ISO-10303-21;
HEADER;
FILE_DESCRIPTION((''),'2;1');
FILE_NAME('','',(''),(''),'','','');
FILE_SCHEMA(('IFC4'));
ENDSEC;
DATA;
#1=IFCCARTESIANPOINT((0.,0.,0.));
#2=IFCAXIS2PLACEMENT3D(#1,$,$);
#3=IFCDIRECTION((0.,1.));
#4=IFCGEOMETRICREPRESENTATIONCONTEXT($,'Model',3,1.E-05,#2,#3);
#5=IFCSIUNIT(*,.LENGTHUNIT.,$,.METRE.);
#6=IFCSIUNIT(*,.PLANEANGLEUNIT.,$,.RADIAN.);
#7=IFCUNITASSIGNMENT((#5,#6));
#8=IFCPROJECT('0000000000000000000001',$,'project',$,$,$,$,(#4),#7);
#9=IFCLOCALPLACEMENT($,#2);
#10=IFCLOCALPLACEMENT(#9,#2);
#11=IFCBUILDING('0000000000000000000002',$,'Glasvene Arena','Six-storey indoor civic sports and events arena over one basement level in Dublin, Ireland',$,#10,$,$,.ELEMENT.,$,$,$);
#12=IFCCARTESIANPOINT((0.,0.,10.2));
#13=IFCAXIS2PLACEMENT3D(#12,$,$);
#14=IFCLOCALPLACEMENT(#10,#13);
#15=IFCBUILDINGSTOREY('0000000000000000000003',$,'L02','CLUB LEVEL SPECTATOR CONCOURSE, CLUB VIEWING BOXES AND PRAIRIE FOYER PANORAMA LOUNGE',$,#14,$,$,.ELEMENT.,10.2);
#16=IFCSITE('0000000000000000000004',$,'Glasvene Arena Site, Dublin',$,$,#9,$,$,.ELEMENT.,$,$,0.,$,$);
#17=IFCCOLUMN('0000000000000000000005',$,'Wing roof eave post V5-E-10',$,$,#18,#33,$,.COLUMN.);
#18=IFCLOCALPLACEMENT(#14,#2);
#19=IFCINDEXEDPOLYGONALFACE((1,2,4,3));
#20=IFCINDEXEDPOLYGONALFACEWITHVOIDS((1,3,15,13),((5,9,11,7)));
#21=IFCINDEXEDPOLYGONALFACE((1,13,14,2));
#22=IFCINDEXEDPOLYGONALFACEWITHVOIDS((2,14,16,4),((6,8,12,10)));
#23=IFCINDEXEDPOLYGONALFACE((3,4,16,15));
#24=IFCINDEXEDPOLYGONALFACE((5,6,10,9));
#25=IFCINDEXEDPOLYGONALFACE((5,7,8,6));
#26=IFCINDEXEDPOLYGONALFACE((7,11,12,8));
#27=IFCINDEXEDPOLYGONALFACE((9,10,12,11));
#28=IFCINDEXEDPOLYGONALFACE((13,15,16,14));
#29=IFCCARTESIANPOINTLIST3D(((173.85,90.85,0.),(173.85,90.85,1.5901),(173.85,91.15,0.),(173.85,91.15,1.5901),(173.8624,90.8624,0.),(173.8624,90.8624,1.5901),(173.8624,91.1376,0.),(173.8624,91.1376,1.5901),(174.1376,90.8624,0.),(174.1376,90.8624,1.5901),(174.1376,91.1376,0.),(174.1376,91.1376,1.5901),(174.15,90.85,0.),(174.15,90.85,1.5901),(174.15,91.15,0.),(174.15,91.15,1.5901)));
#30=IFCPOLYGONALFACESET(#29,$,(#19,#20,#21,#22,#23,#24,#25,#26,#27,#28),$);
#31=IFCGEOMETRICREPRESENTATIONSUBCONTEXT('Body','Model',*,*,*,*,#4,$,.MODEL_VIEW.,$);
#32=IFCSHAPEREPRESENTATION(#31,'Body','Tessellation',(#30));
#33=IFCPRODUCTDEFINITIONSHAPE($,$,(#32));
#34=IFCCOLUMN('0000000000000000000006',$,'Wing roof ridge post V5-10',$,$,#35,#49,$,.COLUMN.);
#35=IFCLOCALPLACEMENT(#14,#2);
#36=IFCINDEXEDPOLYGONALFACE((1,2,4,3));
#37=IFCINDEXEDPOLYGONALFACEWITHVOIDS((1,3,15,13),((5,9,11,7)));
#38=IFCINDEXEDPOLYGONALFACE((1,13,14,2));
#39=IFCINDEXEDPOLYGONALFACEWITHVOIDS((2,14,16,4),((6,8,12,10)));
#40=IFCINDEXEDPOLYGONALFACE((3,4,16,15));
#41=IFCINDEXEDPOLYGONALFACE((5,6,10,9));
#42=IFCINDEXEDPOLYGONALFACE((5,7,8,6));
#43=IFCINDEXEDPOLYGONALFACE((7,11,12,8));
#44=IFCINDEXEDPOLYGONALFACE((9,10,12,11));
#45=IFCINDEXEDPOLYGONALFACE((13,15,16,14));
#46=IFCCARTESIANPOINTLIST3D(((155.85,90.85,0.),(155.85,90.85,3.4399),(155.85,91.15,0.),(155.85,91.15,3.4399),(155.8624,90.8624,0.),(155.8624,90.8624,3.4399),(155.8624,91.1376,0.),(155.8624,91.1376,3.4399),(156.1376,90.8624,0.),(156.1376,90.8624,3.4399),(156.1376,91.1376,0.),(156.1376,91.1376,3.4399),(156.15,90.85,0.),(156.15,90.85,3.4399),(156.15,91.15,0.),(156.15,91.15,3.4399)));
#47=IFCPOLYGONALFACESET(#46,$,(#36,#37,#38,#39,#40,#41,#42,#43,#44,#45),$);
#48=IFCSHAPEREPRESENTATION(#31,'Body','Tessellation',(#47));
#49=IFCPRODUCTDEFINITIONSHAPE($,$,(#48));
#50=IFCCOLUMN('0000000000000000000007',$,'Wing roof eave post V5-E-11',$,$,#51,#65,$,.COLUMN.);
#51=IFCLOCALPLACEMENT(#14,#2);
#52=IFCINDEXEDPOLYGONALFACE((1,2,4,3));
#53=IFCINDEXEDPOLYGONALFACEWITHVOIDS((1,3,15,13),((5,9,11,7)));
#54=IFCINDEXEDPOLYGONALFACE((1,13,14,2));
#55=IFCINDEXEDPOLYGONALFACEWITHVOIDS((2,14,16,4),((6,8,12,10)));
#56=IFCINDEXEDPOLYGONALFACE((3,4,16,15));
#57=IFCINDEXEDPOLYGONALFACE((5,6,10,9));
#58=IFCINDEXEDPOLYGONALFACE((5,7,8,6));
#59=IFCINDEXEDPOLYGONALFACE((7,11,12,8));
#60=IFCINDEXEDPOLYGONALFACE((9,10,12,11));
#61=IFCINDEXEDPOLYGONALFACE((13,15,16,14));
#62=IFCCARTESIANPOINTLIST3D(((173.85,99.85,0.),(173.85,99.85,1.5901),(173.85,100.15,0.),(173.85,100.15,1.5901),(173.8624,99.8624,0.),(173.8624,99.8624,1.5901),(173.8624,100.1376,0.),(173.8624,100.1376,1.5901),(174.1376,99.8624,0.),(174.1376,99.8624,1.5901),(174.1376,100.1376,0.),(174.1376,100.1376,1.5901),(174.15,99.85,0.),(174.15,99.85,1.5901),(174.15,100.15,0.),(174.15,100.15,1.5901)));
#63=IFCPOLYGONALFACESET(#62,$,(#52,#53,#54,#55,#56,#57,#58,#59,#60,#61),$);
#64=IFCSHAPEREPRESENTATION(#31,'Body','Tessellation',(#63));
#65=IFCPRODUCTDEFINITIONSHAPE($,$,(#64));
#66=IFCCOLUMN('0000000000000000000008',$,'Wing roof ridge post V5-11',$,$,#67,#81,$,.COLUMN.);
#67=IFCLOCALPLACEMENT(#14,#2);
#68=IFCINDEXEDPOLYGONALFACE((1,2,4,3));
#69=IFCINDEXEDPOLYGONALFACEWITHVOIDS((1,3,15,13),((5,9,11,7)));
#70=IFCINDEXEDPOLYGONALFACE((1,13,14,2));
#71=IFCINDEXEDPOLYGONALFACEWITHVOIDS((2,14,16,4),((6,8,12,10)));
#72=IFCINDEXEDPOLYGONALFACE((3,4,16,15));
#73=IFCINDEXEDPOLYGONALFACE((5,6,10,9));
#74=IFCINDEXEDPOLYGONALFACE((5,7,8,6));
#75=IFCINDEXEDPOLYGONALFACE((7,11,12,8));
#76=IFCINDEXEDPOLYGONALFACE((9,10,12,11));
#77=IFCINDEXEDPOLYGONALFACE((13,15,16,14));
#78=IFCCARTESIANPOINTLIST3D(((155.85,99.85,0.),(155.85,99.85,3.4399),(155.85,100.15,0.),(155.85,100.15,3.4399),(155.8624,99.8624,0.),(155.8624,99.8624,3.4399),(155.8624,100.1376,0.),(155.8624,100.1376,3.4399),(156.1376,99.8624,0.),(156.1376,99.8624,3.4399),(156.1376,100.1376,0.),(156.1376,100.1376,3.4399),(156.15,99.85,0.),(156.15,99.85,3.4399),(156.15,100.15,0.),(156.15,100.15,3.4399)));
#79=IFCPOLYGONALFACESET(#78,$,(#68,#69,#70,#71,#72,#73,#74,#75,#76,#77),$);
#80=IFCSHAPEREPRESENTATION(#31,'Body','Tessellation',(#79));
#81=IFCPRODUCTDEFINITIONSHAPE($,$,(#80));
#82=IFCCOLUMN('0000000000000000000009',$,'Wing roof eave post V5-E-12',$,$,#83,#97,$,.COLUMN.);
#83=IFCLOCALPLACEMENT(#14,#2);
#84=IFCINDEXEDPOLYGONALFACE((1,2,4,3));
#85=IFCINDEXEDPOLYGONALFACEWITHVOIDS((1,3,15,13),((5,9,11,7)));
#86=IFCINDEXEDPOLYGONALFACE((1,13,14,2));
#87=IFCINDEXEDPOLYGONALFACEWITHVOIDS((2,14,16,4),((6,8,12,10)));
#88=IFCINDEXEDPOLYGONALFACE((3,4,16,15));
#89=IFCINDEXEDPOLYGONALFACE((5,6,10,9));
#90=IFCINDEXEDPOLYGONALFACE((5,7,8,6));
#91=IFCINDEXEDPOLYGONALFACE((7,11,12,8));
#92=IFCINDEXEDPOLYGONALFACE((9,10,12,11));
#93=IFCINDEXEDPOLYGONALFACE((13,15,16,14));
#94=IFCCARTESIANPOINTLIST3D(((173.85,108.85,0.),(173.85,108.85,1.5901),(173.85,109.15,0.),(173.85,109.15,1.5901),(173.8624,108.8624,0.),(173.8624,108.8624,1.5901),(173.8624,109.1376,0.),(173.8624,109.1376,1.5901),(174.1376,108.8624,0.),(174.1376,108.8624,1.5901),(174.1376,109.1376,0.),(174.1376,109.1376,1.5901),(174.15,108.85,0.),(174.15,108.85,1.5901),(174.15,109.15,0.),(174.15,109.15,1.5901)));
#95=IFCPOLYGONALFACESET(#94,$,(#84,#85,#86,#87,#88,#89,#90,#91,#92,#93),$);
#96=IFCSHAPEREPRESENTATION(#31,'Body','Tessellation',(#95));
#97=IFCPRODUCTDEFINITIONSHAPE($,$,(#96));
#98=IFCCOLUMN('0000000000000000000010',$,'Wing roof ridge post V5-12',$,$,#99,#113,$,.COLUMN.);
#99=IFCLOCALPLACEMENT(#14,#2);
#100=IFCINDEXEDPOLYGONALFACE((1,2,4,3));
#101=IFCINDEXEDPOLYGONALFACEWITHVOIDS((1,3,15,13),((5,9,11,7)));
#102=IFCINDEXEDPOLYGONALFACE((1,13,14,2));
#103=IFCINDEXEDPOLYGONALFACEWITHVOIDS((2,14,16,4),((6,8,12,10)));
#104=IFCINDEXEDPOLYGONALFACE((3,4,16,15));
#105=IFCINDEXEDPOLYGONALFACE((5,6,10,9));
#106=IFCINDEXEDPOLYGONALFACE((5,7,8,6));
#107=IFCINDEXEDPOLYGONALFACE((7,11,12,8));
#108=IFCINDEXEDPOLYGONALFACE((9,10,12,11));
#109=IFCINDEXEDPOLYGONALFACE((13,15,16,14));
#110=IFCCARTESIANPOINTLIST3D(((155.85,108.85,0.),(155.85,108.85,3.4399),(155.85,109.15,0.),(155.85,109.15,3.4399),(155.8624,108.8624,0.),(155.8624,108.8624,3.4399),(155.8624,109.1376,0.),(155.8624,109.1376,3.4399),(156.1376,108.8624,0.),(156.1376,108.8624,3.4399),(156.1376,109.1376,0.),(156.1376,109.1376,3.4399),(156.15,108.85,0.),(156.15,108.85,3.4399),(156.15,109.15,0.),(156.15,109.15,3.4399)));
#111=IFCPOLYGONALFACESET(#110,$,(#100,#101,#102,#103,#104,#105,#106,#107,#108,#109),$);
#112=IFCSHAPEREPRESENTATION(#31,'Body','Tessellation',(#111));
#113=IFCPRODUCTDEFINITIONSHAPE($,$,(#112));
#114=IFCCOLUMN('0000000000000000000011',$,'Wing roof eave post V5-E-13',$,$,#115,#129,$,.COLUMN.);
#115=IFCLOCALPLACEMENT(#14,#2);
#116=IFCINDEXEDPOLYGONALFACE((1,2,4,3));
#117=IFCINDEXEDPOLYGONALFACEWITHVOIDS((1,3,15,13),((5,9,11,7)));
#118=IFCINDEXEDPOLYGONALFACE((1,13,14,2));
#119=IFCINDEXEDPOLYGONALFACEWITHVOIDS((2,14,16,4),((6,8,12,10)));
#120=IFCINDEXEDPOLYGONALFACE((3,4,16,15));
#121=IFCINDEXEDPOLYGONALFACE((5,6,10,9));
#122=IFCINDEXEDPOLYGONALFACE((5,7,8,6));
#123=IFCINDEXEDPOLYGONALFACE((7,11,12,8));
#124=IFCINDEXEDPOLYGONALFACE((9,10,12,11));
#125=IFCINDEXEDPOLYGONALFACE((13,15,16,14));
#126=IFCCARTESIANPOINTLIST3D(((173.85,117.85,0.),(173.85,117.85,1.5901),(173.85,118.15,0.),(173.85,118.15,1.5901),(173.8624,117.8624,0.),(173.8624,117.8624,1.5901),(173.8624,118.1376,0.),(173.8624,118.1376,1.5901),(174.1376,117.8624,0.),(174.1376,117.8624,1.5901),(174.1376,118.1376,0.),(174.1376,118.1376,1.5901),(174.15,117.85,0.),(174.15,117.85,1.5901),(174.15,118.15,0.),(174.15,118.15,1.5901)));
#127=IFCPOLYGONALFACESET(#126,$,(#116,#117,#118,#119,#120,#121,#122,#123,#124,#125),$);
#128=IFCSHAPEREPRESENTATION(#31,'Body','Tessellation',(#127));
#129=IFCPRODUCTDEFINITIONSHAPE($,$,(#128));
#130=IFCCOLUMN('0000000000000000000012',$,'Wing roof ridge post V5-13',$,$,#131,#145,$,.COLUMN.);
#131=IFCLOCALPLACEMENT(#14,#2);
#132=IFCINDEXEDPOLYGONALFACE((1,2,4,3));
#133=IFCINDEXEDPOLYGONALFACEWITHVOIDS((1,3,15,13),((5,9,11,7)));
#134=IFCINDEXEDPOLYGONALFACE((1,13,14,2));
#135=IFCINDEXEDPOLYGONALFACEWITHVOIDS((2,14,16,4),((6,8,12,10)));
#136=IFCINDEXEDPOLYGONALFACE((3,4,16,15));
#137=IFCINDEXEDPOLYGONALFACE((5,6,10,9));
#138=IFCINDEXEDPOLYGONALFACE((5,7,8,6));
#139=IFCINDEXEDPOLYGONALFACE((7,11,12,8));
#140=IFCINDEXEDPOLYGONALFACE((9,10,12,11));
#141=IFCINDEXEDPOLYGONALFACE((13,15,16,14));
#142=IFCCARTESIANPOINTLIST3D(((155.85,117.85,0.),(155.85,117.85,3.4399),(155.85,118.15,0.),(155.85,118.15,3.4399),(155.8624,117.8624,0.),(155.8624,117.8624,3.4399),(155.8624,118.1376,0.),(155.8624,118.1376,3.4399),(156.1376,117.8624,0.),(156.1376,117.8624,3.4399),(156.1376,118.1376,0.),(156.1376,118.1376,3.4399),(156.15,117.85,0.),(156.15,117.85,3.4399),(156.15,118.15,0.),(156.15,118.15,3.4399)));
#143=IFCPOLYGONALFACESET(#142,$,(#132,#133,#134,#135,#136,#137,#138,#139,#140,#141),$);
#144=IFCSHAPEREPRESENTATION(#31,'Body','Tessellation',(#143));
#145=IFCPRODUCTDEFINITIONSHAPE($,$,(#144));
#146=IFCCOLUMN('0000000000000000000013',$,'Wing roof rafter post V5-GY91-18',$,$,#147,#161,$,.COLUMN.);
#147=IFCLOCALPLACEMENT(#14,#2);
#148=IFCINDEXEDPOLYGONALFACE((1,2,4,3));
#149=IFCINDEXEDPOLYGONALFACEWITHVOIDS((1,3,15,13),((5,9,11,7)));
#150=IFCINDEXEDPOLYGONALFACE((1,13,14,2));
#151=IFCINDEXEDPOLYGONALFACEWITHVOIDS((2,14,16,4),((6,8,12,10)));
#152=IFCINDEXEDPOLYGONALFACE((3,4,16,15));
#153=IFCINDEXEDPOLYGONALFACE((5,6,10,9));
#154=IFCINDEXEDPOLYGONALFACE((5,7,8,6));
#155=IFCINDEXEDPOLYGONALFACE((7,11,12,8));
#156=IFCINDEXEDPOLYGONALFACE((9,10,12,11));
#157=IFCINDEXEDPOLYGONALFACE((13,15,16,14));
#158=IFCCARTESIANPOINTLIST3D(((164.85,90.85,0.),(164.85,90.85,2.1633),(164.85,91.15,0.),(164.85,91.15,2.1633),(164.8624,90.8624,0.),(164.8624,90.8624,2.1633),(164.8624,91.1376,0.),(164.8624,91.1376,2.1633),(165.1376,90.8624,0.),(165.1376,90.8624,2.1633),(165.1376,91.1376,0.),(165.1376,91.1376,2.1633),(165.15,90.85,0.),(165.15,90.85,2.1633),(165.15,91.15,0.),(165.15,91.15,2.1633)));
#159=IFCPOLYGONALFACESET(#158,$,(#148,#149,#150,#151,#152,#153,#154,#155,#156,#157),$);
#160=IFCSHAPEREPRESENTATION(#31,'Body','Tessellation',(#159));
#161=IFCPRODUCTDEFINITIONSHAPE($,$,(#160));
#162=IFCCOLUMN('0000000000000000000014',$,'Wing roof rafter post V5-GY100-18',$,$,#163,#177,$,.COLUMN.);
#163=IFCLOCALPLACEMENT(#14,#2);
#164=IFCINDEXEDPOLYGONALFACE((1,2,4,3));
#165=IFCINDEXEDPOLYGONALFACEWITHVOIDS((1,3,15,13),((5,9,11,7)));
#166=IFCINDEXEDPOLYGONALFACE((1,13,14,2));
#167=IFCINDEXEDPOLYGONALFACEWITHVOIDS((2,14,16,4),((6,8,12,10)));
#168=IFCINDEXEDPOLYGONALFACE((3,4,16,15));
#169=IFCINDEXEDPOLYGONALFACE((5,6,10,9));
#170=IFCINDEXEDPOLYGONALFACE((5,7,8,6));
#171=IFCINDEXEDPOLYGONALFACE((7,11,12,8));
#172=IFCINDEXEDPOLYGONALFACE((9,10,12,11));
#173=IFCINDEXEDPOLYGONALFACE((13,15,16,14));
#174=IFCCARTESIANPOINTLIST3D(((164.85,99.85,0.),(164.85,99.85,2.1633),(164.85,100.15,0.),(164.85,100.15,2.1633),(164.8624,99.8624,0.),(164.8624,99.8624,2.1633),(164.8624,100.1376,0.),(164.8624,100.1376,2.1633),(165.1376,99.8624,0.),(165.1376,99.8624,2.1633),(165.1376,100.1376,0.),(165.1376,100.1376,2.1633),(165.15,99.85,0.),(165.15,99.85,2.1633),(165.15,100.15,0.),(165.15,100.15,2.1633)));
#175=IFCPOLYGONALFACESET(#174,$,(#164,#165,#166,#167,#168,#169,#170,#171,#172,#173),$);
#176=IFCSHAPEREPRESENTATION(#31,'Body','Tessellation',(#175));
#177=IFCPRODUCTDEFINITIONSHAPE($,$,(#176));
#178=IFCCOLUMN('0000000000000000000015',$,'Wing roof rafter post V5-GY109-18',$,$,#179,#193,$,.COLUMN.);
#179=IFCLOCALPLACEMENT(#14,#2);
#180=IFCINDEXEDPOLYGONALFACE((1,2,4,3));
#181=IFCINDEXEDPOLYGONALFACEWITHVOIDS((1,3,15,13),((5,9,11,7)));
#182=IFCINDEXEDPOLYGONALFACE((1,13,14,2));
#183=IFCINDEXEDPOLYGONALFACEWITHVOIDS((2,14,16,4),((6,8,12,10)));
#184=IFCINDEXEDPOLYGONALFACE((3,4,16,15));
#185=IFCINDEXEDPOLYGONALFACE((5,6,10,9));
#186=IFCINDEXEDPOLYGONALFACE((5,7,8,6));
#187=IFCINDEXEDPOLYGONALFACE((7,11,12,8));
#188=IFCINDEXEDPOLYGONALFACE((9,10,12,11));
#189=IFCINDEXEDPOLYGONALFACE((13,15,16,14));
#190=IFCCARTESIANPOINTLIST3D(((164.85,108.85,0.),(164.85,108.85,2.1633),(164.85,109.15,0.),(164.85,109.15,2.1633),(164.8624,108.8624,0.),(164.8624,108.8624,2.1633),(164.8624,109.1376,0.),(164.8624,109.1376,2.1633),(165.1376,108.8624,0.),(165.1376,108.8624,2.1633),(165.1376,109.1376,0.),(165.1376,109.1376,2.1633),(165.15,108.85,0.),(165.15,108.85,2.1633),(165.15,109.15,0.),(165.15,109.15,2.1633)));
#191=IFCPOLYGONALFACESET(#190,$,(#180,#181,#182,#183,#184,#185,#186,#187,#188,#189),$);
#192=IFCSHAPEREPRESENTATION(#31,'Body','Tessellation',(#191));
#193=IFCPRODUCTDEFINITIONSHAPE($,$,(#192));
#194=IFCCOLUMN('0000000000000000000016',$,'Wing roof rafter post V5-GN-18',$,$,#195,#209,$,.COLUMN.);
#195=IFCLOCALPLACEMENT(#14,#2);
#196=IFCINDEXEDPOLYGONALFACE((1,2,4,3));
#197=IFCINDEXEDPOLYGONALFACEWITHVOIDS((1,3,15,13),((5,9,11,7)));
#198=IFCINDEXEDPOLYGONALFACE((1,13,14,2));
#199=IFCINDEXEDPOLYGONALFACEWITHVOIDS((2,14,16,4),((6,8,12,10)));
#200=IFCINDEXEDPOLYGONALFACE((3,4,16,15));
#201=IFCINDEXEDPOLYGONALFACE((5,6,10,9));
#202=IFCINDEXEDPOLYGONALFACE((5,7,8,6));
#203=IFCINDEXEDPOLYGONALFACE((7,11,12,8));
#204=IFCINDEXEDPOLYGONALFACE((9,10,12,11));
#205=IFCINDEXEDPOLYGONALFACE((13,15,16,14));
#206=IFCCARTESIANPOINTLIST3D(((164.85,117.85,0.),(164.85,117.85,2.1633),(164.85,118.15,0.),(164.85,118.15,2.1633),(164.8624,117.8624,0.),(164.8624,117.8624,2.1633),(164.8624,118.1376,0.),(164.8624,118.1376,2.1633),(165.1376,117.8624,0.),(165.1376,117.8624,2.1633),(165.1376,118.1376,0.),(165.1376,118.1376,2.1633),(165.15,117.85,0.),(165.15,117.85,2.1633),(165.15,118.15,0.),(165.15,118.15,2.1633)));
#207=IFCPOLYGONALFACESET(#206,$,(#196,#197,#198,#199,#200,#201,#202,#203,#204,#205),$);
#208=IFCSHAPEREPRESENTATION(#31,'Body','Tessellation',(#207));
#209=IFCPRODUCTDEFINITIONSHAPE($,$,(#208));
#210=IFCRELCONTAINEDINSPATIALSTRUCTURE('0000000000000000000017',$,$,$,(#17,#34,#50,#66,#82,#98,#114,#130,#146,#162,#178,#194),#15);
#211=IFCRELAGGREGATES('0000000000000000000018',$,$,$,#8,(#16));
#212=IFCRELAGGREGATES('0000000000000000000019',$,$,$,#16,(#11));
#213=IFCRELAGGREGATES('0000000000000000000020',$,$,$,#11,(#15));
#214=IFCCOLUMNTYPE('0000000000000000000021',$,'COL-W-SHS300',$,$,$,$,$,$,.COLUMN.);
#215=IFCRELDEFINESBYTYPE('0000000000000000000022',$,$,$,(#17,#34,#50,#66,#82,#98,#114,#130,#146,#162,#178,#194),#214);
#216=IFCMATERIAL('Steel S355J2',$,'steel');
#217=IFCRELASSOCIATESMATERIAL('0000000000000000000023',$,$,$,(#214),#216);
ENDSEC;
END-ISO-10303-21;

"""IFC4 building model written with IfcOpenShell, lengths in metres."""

from ifc_helpers import new_model, si_unit, direction, frame, origin, origin_2d, place, context, subcontext, project, spatial, hollow_rectangle, extrude, material, material_profile, profile_set, type_object, element, save


model = new_model("IFC4")

# Units and contexts
model_context = context("Model", 3, precision=1e-05, world=origin(), true_north=direction((0.0, 1.0)))
body_context = subcontext(model_context, "Body", "Model", "MODEL_VIEW")
ifc_project = project(units=[si_unit("LENGTHUNIT", "METRE"), si_unit("PLANEANGLEUNIT", "RADIAN")], contexts=[model_context])

# Site, building, storey
site_placement = place(None, origin())
site = spatial("IfcSite", under=ifc_project, at=site_placement, Name="Glasvene Arena Site, Dublin", CompositionType="ELEMENT", RefElevation=0.0)
building_placement = place(site_placement, origin())
building = spatial("IfcBuilding", under=site, at=building_placement, Name="Glasvene Arena", Description="Six-storey indoor civic sports and events arena over one basement level in Dublin, Ireland", CompositionType="ELEMENT")
storey_placement = place(building_placement, frame((0.0, 0.0, 10.2)))
storey = spatial("IfcBuildingStorey", under=building, at=storey_placement, Name="L02", Description="CLUB LEVEL SPECTATOR CONCOURSE, CLUB VIEWING BOXES AND PRAIRIE FOYER PANORAMA LOUNGE", CompositionType="ELEMENT", Elevation=10.2)

# Columns
ifc_material_1 = material(Name="Steel S355J2", Category="steel")
ifc_material_profile_1 = material_profile(ifc_material_1, hollow_rectangle(XDim=0.3, YDim=0.3, WallThickness=0.0125, at=origin_2d()), Name="SHS 300x300x12.5")
ifc_profile_set_1 = profile_set([ifc_material_profile_1], Name="Steel S355J2")
column_type = type_object("IfcColumnType", Name="COL-W-SHS300", PredefinedType="COLUMN", material=ifc_profile_set_1)
column_1_placement = place(storey_placement, frame((174.0, 91.0, 0.0), z_axis=(0.0, 0.0, 1.0), x_axis=(1.0, 0.0, 0.0)))
element("IfcColumn", 1, at=column_1_placement, inside=storey, type_object=column_type, Name="Wing roof eave post V5-E-10", PredefinedType="COLUMN", context=body_context, shape_type="SweptSolid", body=[
    extrude(hollow_rectangle(XDim=0.3, YDim=0.3, WallThickness=0.0125, at=origin_2d()), origin(), (0.0, 0.0, 1.0), 1.5901),
])
column_2_placement = place(storey_placement, frame((156.0, 91.0, 0.0), z_axis=(0.0, 0.0, 1.0), x_axis=(1.0, 0.0, 0.0)))
element("IfcColumn", 2, at=column_2_placement, inside=storey, type_object=column_type, Name="Wing roof ridge post V5-10", PredefinedType="COLUMN", context=body_context, shape_type="SweptSolid", body=[
    extrude(hollow_rectangle(XDim=0.3, YDim=0.3, WallThickness=0.0125, at=origin_2d()), origin(), (0.0, 0.0, 1.0), 3.4399),
])
column_3_placement = place(storey_placement, frame((174.0, 100.0, 0.0), z_axis=(0.0, 0.0, 1.0), x_axis=(1.0, 0.0, 0.0)))
element("IfcColumn", 3, at=column_3_placement, inside=storey, type_object=column_type, Name="Wing roof eave post V5-E-11", PredefinedType="COLUMN", context=body_context, shape_type="SweptSolid", body=[
    extrude(hollow_rectangle(XDim=0.3, YDim=0.3, WallThickness=0.0125, at=origin_2d()), origin(), (0.0, 0.0, 1.0), 1.5901),
])
column_4_placement = place(storey_placement, frame((156.0, 100.0, 0.0), z_axis=(0.0, 0.0, 1.0), x_axis=(1.0, 0.0, 0.0)))
element("IfcColumn", 4, at=column_4_placement, inside=storey, type_object=column_type, Name="Wing roof ridge post V5-11", PredefinedType="COLUMN", context=body_context, shape_type="SweptSolid", body=[
    extrude(hollow_rectangle(XDim=0.3, YDim=0.3, WallThickness=0.0125, at=origin_2d()), origin(), (0.0, 0.0, 1.0), 3.4399),
])
column_5_placement = place(storey_placement, frame((174.0, 109.0, 0.0), z_axis=(0.0, 0.0, 1.0), x_axis=(1.0, 0.0, 0.0)))
element("IfcColumn", 5, at=column_5_placement, inside=storey, type_object=column_type, Name="Wing roof eave post V5-E-12", PredefinedType="COLUMN", context=body_context, shape_type="SweptSolid", body=[
    extrude(hollow_rectangle(XDim=0.3, YDim=0.3, WallThickness=0.0125, at=origin_2d()), origin(), (0.0, 0.0, 1.0), 1.5901),
])
column_6_placement = place(storey_placement, frame((156.0, 109.0, 0.0), z_axis=(0.0, 0.0, 1.0), x_axis=(1.0, 0.0, 0.0)))
element("IfcColumn", 6, at=column_6_placement, inside=storey, type_object=column_type, Name="Wing roof ridge post V5-12", PredefinedType="COLUMN", context=body_context, shape_type="SweptSolid", body=[
    extrude(hollow_rectangle(XDim=0.3, YDim=0.3, WallThickness=0.0125, at=origin_2d()), origin(), (0.0, 0.0, 1.0), 3.4399),
])
column_7_placement = place(storey_placement, frame((174.0, 118.0, 0.0), z_axis=(0.0, 0.0, 1.0), x_axis=(1.0, 0.0, 0.0)))
element("IfcColumn", 7, at=column_7_placement, inside=storey, type_object=column_type, Name="Wing roof eave post V5-E-13", PredefinedType="COLUMN", context=body_context, shape_type="SweptSolid", body=[
    extrude(hollow_rectangle(XDim=0.3, YDim=0.3, WallThickness=0.0125, at=origin_2d()), origin(), (0.0, 0.0, 1.0), 1.5901),
])
column_8_placement = place(storey_placement, frame((156.0, 118.0, 0.0), z_axis=(0.0, 0.0, 1.0), x_axis=(1.0, 0.0, 0.0)))
element("IfcColumn", 8, at=column_8_placement, inside=storey, type_object=column_type, Name="Wing roof ridge post V5-13", PredefinedType="COLUMN", context=body_context, shape_type="SweptSolid", body=[
    extrude(hollow_rectangle(XDim=0.3, YDim=0.3, WallThickness=0.0125, at=origin_2d()), origin(), (0.0, 0.0, 1.0), 3.4399),
])
for number, where, z_axis, x_axis, name in (
    (9, (165.0, 91.0, 0.0), (0.0, 0.0, 1.0), (1.0, 0.0, 0.0), "Wing roof rafter post V5-GY91-18"),
    (10, (165.0, 100.0, 0.0), (0.0, 0.0, 1.0), (1.0, 0.0, 0.0), "Wing roof rafter post V5-GY100-18"),
    (11, (165.0, 109.0, 0.0), (0.0, 0.0, 1.0), (1.0, 0.0, 0.0), "Wing roof rafter post V5-GY109-18"),
    (12, (165.0, 118.0, 0.0), (0.0, 0.0, 1.0), (1.0, 0.0, 0.0), "Wing roof rafter post V5-GN-18"),
):
    element("IfcColumn", number, at=place(storey_placement, frame(where, z_axis=z_axis, x_axis=x_axis)), inside=storey, type_object=column_type, Name=name, PredefinedType="COLUMN", context=body_context, shape_type="SweptSolid", body=[
        extrude(hollow_rectangle(XDim=0.3, YDim=0.3, WallThickness=0.0125, at=origin_2d()), origin(), (0.0, 0.0, 1.0), 2.1633),
    ])

save(model, "model.ifc")
